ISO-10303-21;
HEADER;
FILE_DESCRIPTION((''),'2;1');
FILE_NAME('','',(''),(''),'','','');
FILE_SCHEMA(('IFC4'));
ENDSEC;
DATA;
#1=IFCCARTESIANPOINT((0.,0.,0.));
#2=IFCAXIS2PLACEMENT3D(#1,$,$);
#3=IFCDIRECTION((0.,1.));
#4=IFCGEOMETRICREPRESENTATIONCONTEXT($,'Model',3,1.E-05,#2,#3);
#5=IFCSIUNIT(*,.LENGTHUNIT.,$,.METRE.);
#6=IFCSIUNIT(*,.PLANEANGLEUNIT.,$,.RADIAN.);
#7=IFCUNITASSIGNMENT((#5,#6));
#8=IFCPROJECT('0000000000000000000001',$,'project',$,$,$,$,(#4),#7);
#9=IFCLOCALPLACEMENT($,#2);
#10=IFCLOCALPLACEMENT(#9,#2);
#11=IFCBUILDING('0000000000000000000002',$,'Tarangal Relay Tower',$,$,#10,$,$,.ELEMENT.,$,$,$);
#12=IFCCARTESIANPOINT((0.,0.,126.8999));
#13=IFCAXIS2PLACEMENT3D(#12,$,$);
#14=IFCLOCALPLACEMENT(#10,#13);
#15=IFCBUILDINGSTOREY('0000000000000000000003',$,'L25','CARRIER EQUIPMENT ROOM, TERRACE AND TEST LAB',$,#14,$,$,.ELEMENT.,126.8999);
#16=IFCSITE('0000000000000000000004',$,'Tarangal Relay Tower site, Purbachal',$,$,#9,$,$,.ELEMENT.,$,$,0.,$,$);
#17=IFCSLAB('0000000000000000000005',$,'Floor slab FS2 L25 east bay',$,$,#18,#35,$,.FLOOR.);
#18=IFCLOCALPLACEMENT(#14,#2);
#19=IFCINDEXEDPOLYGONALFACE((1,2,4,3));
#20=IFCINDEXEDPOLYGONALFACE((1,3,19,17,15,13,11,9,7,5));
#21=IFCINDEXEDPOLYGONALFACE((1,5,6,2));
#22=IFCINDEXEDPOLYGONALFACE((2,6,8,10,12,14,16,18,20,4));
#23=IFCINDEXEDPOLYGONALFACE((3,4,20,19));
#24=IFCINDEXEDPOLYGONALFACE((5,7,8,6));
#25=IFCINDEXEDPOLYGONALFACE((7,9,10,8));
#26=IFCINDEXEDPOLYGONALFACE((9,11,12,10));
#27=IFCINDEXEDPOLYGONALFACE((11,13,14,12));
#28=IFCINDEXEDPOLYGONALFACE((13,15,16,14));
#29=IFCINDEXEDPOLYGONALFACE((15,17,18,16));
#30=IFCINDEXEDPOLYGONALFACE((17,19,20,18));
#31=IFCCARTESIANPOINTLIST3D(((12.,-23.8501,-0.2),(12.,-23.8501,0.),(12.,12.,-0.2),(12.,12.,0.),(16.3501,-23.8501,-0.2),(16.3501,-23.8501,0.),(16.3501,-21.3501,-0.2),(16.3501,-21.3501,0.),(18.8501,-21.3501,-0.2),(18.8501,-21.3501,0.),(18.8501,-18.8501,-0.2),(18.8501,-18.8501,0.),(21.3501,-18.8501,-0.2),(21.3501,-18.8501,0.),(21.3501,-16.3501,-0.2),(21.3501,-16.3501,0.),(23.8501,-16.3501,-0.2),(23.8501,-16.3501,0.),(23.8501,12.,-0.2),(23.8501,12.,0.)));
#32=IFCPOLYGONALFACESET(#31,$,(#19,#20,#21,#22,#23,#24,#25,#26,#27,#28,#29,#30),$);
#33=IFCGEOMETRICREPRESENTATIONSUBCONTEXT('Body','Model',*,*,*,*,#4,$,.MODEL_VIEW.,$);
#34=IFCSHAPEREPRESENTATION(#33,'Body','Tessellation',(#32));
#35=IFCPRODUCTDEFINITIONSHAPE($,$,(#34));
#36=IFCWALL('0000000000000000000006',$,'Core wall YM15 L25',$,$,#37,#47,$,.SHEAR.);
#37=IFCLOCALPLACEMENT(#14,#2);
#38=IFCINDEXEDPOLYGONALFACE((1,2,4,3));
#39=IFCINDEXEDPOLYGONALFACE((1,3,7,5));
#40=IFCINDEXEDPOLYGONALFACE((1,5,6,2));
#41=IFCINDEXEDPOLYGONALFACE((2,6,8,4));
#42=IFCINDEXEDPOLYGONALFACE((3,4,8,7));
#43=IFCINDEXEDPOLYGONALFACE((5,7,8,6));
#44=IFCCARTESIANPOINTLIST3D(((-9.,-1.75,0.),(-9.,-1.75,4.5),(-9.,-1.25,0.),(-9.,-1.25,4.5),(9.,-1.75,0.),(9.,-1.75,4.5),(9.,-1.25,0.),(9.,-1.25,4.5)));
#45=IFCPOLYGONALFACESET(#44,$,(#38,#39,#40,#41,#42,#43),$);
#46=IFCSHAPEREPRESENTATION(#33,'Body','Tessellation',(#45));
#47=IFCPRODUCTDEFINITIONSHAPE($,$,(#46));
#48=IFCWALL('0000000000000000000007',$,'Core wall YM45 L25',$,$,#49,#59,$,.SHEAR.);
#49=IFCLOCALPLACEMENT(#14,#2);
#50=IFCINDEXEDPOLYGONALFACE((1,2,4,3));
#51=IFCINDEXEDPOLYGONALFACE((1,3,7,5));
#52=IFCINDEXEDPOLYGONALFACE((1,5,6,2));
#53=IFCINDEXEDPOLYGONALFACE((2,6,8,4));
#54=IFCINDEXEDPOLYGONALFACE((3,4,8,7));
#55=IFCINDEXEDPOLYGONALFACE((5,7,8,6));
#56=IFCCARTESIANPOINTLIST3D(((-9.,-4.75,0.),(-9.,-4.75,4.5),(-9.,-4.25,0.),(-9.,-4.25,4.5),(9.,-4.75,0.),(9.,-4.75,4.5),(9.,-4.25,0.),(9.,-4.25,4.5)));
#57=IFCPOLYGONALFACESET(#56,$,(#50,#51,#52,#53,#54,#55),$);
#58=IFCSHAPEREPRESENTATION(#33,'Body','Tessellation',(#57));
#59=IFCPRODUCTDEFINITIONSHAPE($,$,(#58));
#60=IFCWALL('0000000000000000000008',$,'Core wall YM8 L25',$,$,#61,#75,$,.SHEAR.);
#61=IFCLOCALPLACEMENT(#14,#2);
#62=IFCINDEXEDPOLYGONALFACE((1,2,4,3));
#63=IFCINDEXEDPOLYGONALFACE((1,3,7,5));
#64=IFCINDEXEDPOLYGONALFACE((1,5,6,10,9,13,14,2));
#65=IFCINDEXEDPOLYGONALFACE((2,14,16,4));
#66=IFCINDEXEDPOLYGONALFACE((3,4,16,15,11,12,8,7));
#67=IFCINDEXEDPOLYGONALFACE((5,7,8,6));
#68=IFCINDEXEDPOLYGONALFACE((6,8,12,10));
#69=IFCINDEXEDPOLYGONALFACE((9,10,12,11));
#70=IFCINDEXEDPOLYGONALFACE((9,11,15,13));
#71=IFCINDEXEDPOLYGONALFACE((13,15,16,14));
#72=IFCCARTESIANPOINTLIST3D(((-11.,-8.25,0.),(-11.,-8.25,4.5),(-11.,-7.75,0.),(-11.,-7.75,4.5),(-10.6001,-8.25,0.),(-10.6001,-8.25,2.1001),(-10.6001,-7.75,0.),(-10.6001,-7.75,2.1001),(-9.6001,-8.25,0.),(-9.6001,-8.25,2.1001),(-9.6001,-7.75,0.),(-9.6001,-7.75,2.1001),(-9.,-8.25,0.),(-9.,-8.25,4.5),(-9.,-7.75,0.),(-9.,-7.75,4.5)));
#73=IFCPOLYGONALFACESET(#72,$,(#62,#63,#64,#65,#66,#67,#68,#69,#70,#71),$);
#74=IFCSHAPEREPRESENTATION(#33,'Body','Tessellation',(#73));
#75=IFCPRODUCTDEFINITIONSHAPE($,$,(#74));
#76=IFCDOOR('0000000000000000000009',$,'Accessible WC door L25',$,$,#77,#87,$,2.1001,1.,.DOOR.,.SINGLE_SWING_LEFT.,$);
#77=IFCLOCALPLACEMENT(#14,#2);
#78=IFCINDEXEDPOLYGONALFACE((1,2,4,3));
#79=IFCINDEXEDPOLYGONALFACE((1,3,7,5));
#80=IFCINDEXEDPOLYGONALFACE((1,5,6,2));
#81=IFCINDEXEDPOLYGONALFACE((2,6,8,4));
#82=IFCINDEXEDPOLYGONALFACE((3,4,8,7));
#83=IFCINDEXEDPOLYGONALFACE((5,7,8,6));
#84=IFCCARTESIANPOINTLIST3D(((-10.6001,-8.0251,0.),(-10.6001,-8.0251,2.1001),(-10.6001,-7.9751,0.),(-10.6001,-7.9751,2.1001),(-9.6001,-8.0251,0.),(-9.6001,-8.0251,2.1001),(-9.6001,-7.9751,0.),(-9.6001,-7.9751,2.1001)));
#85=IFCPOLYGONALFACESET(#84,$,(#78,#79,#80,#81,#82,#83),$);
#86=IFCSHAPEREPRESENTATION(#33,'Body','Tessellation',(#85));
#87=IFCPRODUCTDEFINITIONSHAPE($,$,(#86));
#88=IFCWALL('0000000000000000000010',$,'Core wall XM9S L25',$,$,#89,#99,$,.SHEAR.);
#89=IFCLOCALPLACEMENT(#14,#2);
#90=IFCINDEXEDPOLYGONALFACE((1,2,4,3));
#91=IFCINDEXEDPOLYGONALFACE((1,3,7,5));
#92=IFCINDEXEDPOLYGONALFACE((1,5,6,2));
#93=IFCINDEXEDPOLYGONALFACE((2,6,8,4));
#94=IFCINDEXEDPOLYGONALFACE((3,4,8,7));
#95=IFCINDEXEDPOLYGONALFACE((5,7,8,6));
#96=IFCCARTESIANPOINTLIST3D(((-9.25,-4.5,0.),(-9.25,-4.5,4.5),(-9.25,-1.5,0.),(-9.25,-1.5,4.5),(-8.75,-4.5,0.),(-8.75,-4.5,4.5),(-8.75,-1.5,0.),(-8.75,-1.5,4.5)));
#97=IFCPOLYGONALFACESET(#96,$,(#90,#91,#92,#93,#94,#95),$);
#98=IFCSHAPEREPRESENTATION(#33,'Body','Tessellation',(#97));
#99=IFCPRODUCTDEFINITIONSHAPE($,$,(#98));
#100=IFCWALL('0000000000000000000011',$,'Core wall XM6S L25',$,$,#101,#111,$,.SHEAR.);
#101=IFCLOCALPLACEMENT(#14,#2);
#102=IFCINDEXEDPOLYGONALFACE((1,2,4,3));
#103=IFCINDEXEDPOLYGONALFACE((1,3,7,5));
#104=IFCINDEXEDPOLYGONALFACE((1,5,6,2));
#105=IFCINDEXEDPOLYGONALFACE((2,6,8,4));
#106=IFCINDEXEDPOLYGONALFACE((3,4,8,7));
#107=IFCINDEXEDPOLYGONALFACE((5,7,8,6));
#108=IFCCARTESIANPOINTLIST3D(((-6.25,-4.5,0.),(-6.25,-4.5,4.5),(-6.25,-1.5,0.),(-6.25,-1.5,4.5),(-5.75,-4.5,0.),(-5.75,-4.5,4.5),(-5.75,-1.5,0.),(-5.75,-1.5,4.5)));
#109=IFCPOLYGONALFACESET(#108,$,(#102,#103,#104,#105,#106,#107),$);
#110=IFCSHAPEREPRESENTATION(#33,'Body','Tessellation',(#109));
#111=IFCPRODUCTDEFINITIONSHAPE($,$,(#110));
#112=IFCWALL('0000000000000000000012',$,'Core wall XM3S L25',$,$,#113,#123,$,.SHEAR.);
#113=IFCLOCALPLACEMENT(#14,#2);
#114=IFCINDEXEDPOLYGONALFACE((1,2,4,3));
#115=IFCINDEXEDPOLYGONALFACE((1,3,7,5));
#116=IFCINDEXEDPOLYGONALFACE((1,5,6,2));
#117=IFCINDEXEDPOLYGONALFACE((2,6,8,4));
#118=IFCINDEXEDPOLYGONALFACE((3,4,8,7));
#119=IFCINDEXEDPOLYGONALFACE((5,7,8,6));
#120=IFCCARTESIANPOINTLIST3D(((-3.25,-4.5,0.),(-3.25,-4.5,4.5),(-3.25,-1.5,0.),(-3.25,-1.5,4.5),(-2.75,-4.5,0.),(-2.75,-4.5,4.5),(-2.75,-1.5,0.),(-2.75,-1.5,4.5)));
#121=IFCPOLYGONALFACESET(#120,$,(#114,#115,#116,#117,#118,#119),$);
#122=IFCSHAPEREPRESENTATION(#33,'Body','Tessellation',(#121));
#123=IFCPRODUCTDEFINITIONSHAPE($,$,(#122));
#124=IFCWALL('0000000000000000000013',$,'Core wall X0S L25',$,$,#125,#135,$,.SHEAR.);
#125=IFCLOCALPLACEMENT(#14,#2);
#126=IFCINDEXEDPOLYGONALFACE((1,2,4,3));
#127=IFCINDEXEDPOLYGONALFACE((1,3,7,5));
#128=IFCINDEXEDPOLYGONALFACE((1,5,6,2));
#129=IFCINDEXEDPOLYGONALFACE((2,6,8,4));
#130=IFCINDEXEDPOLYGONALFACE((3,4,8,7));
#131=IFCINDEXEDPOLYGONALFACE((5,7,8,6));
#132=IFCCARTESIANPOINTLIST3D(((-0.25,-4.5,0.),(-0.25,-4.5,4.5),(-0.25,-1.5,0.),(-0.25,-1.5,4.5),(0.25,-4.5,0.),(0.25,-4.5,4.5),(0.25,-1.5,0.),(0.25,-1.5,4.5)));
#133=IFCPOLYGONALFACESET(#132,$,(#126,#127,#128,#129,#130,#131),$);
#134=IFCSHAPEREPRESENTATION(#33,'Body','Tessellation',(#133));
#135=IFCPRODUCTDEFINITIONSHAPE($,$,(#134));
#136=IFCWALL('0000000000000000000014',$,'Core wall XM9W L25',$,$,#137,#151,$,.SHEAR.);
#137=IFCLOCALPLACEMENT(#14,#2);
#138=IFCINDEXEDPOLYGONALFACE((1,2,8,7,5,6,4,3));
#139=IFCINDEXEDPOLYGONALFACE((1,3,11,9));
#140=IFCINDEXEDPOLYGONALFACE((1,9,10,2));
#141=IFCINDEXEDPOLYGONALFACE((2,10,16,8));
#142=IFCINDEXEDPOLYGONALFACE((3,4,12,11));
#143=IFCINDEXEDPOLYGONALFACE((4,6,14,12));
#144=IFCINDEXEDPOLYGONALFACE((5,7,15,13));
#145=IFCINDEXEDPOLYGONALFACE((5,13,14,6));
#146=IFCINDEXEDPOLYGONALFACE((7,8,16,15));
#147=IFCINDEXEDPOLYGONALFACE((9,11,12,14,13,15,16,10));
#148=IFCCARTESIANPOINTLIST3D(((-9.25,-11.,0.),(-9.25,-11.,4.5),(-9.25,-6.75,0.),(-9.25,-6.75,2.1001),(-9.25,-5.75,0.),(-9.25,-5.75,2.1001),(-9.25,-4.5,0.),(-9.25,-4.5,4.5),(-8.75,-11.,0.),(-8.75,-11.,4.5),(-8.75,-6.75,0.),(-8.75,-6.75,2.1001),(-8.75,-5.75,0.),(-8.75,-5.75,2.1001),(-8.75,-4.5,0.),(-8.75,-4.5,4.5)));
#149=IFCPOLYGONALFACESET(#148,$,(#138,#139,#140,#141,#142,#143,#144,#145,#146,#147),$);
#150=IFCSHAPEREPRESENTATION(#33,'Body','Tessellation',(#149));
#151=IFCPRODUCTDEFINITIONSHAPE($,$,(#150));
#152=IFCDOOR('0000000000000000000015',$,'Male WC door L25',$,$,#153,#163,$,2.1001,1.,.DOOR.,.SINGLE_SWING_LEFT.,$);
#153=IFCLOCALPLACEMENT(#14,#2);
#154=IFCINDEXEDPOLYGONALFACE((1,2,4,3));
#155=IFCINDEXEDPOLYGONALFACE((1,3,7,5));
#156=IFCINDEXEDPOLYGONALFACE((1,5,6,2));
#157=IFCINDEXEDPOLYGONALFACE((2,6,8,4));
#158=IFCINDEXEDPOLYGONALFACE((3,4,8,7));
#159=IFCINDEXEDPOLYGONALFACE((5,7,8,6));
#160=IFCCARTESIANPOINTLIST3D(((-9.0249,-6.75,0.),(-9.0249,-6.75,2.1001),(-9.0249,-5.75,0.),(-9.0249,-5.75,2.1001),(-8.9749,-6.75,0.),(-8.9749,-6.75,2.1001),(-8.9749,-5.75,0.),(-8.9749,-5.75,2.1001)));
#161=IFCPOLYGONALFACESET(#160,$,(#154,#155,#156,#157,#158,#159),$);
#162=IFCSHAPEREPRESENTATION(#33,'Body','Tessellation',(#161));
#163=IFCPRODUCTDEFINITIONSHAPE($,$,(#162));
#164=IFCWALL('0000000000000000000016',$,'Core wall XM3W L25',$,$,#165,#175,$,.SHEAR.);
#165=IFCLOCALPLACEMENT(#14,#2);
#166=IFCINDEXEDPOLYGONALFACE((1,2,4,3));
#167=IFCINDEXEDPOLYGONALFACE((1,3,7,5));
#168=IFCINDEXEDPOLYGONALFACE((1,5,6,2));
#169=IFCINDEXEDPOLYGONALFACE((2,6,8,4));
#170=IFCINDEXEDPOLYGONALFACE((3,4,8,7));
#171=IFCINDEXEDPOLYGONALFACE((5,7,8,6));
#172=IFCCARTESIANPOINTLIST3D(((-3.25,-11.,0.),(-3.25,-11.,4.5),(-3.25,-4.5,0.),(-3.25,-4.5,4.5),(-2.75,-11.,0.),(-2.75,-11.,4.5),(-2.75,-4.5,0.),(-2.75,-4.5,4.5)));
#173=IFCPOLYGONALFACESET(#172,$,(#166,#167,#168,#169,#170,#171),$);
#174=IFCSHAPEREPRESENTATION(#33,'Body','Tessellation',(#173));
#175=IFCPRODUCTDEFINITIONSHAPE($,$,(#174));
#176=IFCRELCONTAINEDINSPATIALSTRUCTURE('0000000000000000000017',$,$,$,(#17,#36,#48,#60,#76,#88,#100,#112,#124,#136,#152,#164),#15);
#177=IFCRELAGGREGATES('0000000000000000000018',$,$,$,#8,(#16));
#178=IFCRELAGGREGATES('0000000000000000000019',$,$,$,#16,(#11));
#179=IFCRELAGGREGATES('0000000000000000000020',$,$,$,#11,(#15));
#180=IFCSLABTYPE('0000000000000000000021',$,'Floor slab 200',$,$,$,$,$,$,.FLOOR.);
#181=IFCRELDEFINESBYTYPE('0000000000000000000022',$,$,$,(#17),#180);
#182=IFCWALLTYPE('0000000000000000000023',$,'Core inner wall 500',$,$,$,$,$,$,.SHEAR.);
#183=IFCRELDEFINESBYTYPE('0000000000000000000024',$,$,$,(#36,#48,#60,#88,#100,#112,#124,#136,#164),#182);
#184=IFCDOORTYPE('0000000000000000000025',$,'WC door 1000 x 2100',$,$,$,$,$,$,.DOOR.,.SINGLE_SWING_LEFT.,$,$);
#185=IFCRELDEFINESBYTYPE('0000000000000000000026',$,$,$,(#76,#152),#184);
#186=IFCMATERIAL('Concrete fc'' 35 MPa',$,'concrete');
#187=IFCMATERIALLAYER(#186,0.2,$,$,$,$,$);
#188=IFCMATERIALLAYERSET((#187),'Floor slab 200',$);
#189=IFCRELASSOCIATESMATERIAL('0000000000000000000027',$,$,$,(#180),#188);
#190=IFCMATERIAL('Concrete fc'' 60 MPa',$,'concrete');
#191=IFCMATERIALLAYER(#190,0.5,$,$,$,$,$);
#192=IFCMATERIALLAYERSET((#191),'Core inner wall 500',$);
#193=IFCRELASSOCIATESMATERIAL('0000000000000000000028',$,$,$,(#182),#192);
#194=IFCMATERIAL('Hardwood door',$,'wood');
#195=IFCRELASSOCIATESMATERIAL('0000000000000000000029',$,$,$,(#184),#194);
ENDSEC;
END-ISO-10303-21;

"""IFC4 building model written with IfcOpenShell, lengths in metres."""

from ifc_helpers import new_model, si_unit, direction, frame, frame_2d, origin, place, context, subcontext, project, spatial, polyline, rectangle, outline, extrude, material, layer, layer_set, type_object, element, fill, save


model = new_model("IFC4")

# Units and contexts
model_context = context("Model", 3, precision=1e-05, world=origin(), true_north=direction((0.0, 1.0)))
body_context = subcontext(model_context, "Body", "Model", "MODEL_VIEW")
ifc_project = project(units=[si_unit("LENGTHUNIT", "METRE"), si_unit("PLANEANGLEUNIT", "RADIAN")], contexts=[model_context])

# Site, building, storey
site_placement = place(None, origin())
site = spatial("IfcSite", under=ifc_project, at=site_placement, Name="Tarangal Relay Tower site, Purbachal", CompositionType="ELEMENT", RefElevation=0.0)
building_placement = place(site_placement, origin())
building = spatial("IfcBuilding", under=site, at=building_placement, Name="Tarangal Relay Tower", CompositionType="ELEMENT")
storey_placement = place(building_placement, frame((0.0, 0.0, 126.8999)))
storey = spatial("IfcBuildingStorey", under=building, at=storey_placement, Name="L25", Description="CARRIER EQUIPMENT ROOM, TERRACE AND TEST LAB", CompositionType="ELEMENT", Elevation=126.8999)

# Slab
ifc_material_1 = material(Name="Concrete fc' 35 MPa", Category="concrete")
ifc_layer_1 = layer(ifc_material_1, 0.2)
ifc_layer_set_1 = layer_set([ifc_layer_1], Name="Floor slab 200")
slab_type = type_object("IfcSlabType", Name="Floor slab 200", PredefinedType="FLOOR", material=ifc_layer_set_1)
slab_1_placement = place(storey_placement, frame((0.0, 0.0, -0.2)))
element("IfcSlab", 1, at=slab_1_placement, inside=storey, type_object=slab_type, Name="Floor slab FS2 L25 east bay", PredefinedType="FLOOR", context=body_context, shape_type="SweptSolid", body=[
    extrude(outline(polyline([(23.8501, -16.3501), (21.3501, -16.3501), (21.3501, -18.8501), (18.8501, -18.8501), (18.8501, -21.3501), (16.3501, -21.3501), (16.3501, -23.8501), (12.0, -23.8501), (12.0, 12.0), (23.8501, 12.0), (23.8501, -16.3501)])), origin(), (0.0, 0.0, 1.0), 0.2),
])

# Walls
ifc_material_2 = material(Name="Concrete fc' 60 MPa", Category="concrete")
ifc_layer_2 = layer(ifc_material_2, 0.5)
ifc_layer_set_2 = layer_set([ifc_layer_2], Name="Core inner wall 500")
wall_type_1 = type_object("IfcWallType", Name="Core inner wall 500", PredefinedType="SHEAR", material=ifc_layer_set_2)
for number, where, z_axis, x_axis, name in (
    (2, (-9.0, -1.5, 0.0), (0.0, 0.0, 1.0), (1.0, 0.0, 0.0), "Core wall YM15 L25"),
    (3, (-9.0, -4.5, 0.0), (0.0, 0.0, 1.0), (1.0, 0.0, 0.0), "Core wall YM45 L25"),
):
    element("IfcWall", number, at=place(storey_placement, frame(where, z_axis=z_axis, x_axis=x_axis)), inside=storey, type_object=wall_type_1, Name=name, PredefinedType="SHEAR", context=body_context, shape_type="SweptSolid", body=[
        extrude(rectangle(XDim=18.0, YDim=0.5, at=frame_2d((9.0, 0.0))), origin(), (0.0, 0.0, 1.0), 4.5),
    ])

# Wall, opening, door
wall_1_placement = place(storey_placement, frame((-11.0, -8.0, 0.0), z_axis=(0.0, 0.0, 1.0), x_axis=(1.0, 0.0, 0.0)))
wall_1 = element("IfcWall", 4, at=wall_1_placement, inside=storey, type_object=wall_type_1, Name="Core wall YM8 L25", PredefinedType="SHEAR", context=body_context, shape_type="SweptSolid", body=[
    extrude(rectangle(XDim=2.0, YDim=0.5, at=frame_2d((1.0, 0.0))), origin(), (0.0, 0.0, 1.0), 4.5),
])
opening_1_placement = place(wall_1_placement, frame((0.3999, 0.0, 0.0)))
opening_1 = element("IfcOpeningElement", 5, at=opening_1_placement, cuts=wall_1, PredefinedType="OPENING", context=body_context, shape_type="SweptSolid", body=[
    extrude(rectangle(XDim=1.0, YDim=2.1001, at=frame_2d((0.5, 1.05))), frame((0.0, 0.26, 0.0), z_axis=(0.0, -1.0, 0.0), x_axis=(1.0, 0.0, 0.0)), (0.0, 0.0, 1.0), 0.52),
])
ifc_material_3 = material(Name="Hardwood door", Category="wood")
door_type_1 = type_object("IfcDoorType", Name="WC door 1000 x 2100", OperationType="SINGLE_SWING_LEFT", PredefinedType="DOOR", material=ifc_material_3)
door_1_placement = place(opening_1_placement, origin())
door_1 = element("IfcDoor", 6, at=door_1_placement, inside=storey, type_object=door_type_1, Name="Accessible WC door L25", OperationType="SINGLE_SWING_LEFT", OverallHeight=2.1001, OverallWidth=1.0, PredefinedType="DOOR", context=body_context, shape_type="SweptSolid", body=[
    extrude(rectangle(XDim=1.0, YDim=2.1001, at=frame_2d((0.5, 1.05))), frame((0.0, 0.0249, 0.0), z_axis=(0.0, -1.0, 0.0), x_axis=(1.0, 0.0, 0.0)), (0.0, 0.0, 1.0), 0.05),
])
fill(opening_1, door_1)

# Walls
for number, where, z_axis, x_axis, name in (
    (7, (-9.0, -4.5, 0.0), (0.0, 0.0, 1.0), (0.0, 1.0, 0.0), "Core wall XM9S L25"),
    (8, (-6.0, -4.5, 0.0), (0.0, 0.0, 1.0), (0.0, 1.0, 0.0), "Core wall XM6S L25"),
    (9, (-3.0, -4.5, 0.0), (0.0, 0.0, 1.0), (0.0, 1.0, 0.0), "Core wall XM3S L25"),
    (10, (0.0, -4.5, 0.0), (0.0, 0.0, 1.0), (0.0, 1.0, 0.0), "Core wall X0S L25"),
):
    element("IfcWall", number, at=place(storey_placement, frame(where, z_axis=z_axis, x_axis=x_axis)), inside=storey, type_object=wall_type_1, Name=name, PredefinedType="SHEAR", context=body_context, shape_type="SweptSolid", body=[
        extrude(rectangle(XDim=3.0, YDim=0.5, at=frame_2d((1.5, 0.0))), origin(), (0.0, 0.0, 1.0), 4.5),
    ])

# Wall, opening, door
wall_2_placement = place(storey_placement, frame((-9.0, -11.0, 0.0), z_axis=(0.0, 0.0, 1.0), x_axis=(0.0, 1.0, 0.0)))
wall_2 = element("IfcWall", 11, at=wall_2_placement, inside=storey, type_object=wall_type_1, Name="Core wall XM9W L25", PredefinedType="SHEAR", context=body_context, shape_type="SweptSolid", body=[
    extrude(rectangle(XDim=6.5, YDim=0.5, at=frame_2d((3.25, 0.0))), origin(), (0.0, 0.0, 1.0), 4.5),
])
opening_2_placement = place(wall_2_placement, frame((4.25, 0.0, 0.0)))
opening_2 = element("IfcOpeningElement", 12, at=opening_2_placement, cuts=wall_2, PredefinedType="OPENING", context=body_context, shape_type="SweptSolid", body=[
    extrude(rectangle(XDim=1.0, YDim=2.1001, at=frame_2d((0.5, 1.05))), frame((0.0, 0.26, 0.0), z_axis=(0.0, -1.0, 0.0), x_axis=(1.0, 0.0, 0.0)), (0.0, 0.0, 1.0), 0.52),
])
door_2_placement = place(opening_2_placement, origin())
door_2 = element("IfcDoor", 13, at=door_2_placement, inside=storey, type_object=door_type_1, Name="Male WC door L25", OperationType="SINGLE_SWING_LEFT", OverallHeight=2.1001, OverallWidth=1.0, PredefinedType="DOOR", context=body_context, shape_type="SweptSolid", body=[
    extrude(rectangle(XDim=1.0, YDim=2.1001, at=frame_2d((0.5, 1.05))), frame((0.0, 0.0249, 0.0), z_axis=(0.0, -1.0, 0.0), x_axis=(1.0, 0.0, 0.0)), (0.0, 0.0, 1.0), 0.05),
])
fill(opening_2, door_2)

# Wall
wall_3_placement = place(storey_placement, frame((-3.0, -11.0, 0.0), z_axis=(0.0, 0.0, 1.0), x_axis=(0.0, 1.0, 0.0)))
element("IfcWall", 14, at=wall_3_placement, inside=storey, type_object=wall_type_1, Name="Core wall XM3W L25", PredefinedType="SHEAR", context=body_context, shape_type="SweptSolid", body=[
    extrude(rectangle(XDim=6.5, YDim=0.5, at=frame_2d((3.25, 0.0))), origin(), (0.0, 0.0, 1.0), 4.5),
])

save(model, "model.ifc")
